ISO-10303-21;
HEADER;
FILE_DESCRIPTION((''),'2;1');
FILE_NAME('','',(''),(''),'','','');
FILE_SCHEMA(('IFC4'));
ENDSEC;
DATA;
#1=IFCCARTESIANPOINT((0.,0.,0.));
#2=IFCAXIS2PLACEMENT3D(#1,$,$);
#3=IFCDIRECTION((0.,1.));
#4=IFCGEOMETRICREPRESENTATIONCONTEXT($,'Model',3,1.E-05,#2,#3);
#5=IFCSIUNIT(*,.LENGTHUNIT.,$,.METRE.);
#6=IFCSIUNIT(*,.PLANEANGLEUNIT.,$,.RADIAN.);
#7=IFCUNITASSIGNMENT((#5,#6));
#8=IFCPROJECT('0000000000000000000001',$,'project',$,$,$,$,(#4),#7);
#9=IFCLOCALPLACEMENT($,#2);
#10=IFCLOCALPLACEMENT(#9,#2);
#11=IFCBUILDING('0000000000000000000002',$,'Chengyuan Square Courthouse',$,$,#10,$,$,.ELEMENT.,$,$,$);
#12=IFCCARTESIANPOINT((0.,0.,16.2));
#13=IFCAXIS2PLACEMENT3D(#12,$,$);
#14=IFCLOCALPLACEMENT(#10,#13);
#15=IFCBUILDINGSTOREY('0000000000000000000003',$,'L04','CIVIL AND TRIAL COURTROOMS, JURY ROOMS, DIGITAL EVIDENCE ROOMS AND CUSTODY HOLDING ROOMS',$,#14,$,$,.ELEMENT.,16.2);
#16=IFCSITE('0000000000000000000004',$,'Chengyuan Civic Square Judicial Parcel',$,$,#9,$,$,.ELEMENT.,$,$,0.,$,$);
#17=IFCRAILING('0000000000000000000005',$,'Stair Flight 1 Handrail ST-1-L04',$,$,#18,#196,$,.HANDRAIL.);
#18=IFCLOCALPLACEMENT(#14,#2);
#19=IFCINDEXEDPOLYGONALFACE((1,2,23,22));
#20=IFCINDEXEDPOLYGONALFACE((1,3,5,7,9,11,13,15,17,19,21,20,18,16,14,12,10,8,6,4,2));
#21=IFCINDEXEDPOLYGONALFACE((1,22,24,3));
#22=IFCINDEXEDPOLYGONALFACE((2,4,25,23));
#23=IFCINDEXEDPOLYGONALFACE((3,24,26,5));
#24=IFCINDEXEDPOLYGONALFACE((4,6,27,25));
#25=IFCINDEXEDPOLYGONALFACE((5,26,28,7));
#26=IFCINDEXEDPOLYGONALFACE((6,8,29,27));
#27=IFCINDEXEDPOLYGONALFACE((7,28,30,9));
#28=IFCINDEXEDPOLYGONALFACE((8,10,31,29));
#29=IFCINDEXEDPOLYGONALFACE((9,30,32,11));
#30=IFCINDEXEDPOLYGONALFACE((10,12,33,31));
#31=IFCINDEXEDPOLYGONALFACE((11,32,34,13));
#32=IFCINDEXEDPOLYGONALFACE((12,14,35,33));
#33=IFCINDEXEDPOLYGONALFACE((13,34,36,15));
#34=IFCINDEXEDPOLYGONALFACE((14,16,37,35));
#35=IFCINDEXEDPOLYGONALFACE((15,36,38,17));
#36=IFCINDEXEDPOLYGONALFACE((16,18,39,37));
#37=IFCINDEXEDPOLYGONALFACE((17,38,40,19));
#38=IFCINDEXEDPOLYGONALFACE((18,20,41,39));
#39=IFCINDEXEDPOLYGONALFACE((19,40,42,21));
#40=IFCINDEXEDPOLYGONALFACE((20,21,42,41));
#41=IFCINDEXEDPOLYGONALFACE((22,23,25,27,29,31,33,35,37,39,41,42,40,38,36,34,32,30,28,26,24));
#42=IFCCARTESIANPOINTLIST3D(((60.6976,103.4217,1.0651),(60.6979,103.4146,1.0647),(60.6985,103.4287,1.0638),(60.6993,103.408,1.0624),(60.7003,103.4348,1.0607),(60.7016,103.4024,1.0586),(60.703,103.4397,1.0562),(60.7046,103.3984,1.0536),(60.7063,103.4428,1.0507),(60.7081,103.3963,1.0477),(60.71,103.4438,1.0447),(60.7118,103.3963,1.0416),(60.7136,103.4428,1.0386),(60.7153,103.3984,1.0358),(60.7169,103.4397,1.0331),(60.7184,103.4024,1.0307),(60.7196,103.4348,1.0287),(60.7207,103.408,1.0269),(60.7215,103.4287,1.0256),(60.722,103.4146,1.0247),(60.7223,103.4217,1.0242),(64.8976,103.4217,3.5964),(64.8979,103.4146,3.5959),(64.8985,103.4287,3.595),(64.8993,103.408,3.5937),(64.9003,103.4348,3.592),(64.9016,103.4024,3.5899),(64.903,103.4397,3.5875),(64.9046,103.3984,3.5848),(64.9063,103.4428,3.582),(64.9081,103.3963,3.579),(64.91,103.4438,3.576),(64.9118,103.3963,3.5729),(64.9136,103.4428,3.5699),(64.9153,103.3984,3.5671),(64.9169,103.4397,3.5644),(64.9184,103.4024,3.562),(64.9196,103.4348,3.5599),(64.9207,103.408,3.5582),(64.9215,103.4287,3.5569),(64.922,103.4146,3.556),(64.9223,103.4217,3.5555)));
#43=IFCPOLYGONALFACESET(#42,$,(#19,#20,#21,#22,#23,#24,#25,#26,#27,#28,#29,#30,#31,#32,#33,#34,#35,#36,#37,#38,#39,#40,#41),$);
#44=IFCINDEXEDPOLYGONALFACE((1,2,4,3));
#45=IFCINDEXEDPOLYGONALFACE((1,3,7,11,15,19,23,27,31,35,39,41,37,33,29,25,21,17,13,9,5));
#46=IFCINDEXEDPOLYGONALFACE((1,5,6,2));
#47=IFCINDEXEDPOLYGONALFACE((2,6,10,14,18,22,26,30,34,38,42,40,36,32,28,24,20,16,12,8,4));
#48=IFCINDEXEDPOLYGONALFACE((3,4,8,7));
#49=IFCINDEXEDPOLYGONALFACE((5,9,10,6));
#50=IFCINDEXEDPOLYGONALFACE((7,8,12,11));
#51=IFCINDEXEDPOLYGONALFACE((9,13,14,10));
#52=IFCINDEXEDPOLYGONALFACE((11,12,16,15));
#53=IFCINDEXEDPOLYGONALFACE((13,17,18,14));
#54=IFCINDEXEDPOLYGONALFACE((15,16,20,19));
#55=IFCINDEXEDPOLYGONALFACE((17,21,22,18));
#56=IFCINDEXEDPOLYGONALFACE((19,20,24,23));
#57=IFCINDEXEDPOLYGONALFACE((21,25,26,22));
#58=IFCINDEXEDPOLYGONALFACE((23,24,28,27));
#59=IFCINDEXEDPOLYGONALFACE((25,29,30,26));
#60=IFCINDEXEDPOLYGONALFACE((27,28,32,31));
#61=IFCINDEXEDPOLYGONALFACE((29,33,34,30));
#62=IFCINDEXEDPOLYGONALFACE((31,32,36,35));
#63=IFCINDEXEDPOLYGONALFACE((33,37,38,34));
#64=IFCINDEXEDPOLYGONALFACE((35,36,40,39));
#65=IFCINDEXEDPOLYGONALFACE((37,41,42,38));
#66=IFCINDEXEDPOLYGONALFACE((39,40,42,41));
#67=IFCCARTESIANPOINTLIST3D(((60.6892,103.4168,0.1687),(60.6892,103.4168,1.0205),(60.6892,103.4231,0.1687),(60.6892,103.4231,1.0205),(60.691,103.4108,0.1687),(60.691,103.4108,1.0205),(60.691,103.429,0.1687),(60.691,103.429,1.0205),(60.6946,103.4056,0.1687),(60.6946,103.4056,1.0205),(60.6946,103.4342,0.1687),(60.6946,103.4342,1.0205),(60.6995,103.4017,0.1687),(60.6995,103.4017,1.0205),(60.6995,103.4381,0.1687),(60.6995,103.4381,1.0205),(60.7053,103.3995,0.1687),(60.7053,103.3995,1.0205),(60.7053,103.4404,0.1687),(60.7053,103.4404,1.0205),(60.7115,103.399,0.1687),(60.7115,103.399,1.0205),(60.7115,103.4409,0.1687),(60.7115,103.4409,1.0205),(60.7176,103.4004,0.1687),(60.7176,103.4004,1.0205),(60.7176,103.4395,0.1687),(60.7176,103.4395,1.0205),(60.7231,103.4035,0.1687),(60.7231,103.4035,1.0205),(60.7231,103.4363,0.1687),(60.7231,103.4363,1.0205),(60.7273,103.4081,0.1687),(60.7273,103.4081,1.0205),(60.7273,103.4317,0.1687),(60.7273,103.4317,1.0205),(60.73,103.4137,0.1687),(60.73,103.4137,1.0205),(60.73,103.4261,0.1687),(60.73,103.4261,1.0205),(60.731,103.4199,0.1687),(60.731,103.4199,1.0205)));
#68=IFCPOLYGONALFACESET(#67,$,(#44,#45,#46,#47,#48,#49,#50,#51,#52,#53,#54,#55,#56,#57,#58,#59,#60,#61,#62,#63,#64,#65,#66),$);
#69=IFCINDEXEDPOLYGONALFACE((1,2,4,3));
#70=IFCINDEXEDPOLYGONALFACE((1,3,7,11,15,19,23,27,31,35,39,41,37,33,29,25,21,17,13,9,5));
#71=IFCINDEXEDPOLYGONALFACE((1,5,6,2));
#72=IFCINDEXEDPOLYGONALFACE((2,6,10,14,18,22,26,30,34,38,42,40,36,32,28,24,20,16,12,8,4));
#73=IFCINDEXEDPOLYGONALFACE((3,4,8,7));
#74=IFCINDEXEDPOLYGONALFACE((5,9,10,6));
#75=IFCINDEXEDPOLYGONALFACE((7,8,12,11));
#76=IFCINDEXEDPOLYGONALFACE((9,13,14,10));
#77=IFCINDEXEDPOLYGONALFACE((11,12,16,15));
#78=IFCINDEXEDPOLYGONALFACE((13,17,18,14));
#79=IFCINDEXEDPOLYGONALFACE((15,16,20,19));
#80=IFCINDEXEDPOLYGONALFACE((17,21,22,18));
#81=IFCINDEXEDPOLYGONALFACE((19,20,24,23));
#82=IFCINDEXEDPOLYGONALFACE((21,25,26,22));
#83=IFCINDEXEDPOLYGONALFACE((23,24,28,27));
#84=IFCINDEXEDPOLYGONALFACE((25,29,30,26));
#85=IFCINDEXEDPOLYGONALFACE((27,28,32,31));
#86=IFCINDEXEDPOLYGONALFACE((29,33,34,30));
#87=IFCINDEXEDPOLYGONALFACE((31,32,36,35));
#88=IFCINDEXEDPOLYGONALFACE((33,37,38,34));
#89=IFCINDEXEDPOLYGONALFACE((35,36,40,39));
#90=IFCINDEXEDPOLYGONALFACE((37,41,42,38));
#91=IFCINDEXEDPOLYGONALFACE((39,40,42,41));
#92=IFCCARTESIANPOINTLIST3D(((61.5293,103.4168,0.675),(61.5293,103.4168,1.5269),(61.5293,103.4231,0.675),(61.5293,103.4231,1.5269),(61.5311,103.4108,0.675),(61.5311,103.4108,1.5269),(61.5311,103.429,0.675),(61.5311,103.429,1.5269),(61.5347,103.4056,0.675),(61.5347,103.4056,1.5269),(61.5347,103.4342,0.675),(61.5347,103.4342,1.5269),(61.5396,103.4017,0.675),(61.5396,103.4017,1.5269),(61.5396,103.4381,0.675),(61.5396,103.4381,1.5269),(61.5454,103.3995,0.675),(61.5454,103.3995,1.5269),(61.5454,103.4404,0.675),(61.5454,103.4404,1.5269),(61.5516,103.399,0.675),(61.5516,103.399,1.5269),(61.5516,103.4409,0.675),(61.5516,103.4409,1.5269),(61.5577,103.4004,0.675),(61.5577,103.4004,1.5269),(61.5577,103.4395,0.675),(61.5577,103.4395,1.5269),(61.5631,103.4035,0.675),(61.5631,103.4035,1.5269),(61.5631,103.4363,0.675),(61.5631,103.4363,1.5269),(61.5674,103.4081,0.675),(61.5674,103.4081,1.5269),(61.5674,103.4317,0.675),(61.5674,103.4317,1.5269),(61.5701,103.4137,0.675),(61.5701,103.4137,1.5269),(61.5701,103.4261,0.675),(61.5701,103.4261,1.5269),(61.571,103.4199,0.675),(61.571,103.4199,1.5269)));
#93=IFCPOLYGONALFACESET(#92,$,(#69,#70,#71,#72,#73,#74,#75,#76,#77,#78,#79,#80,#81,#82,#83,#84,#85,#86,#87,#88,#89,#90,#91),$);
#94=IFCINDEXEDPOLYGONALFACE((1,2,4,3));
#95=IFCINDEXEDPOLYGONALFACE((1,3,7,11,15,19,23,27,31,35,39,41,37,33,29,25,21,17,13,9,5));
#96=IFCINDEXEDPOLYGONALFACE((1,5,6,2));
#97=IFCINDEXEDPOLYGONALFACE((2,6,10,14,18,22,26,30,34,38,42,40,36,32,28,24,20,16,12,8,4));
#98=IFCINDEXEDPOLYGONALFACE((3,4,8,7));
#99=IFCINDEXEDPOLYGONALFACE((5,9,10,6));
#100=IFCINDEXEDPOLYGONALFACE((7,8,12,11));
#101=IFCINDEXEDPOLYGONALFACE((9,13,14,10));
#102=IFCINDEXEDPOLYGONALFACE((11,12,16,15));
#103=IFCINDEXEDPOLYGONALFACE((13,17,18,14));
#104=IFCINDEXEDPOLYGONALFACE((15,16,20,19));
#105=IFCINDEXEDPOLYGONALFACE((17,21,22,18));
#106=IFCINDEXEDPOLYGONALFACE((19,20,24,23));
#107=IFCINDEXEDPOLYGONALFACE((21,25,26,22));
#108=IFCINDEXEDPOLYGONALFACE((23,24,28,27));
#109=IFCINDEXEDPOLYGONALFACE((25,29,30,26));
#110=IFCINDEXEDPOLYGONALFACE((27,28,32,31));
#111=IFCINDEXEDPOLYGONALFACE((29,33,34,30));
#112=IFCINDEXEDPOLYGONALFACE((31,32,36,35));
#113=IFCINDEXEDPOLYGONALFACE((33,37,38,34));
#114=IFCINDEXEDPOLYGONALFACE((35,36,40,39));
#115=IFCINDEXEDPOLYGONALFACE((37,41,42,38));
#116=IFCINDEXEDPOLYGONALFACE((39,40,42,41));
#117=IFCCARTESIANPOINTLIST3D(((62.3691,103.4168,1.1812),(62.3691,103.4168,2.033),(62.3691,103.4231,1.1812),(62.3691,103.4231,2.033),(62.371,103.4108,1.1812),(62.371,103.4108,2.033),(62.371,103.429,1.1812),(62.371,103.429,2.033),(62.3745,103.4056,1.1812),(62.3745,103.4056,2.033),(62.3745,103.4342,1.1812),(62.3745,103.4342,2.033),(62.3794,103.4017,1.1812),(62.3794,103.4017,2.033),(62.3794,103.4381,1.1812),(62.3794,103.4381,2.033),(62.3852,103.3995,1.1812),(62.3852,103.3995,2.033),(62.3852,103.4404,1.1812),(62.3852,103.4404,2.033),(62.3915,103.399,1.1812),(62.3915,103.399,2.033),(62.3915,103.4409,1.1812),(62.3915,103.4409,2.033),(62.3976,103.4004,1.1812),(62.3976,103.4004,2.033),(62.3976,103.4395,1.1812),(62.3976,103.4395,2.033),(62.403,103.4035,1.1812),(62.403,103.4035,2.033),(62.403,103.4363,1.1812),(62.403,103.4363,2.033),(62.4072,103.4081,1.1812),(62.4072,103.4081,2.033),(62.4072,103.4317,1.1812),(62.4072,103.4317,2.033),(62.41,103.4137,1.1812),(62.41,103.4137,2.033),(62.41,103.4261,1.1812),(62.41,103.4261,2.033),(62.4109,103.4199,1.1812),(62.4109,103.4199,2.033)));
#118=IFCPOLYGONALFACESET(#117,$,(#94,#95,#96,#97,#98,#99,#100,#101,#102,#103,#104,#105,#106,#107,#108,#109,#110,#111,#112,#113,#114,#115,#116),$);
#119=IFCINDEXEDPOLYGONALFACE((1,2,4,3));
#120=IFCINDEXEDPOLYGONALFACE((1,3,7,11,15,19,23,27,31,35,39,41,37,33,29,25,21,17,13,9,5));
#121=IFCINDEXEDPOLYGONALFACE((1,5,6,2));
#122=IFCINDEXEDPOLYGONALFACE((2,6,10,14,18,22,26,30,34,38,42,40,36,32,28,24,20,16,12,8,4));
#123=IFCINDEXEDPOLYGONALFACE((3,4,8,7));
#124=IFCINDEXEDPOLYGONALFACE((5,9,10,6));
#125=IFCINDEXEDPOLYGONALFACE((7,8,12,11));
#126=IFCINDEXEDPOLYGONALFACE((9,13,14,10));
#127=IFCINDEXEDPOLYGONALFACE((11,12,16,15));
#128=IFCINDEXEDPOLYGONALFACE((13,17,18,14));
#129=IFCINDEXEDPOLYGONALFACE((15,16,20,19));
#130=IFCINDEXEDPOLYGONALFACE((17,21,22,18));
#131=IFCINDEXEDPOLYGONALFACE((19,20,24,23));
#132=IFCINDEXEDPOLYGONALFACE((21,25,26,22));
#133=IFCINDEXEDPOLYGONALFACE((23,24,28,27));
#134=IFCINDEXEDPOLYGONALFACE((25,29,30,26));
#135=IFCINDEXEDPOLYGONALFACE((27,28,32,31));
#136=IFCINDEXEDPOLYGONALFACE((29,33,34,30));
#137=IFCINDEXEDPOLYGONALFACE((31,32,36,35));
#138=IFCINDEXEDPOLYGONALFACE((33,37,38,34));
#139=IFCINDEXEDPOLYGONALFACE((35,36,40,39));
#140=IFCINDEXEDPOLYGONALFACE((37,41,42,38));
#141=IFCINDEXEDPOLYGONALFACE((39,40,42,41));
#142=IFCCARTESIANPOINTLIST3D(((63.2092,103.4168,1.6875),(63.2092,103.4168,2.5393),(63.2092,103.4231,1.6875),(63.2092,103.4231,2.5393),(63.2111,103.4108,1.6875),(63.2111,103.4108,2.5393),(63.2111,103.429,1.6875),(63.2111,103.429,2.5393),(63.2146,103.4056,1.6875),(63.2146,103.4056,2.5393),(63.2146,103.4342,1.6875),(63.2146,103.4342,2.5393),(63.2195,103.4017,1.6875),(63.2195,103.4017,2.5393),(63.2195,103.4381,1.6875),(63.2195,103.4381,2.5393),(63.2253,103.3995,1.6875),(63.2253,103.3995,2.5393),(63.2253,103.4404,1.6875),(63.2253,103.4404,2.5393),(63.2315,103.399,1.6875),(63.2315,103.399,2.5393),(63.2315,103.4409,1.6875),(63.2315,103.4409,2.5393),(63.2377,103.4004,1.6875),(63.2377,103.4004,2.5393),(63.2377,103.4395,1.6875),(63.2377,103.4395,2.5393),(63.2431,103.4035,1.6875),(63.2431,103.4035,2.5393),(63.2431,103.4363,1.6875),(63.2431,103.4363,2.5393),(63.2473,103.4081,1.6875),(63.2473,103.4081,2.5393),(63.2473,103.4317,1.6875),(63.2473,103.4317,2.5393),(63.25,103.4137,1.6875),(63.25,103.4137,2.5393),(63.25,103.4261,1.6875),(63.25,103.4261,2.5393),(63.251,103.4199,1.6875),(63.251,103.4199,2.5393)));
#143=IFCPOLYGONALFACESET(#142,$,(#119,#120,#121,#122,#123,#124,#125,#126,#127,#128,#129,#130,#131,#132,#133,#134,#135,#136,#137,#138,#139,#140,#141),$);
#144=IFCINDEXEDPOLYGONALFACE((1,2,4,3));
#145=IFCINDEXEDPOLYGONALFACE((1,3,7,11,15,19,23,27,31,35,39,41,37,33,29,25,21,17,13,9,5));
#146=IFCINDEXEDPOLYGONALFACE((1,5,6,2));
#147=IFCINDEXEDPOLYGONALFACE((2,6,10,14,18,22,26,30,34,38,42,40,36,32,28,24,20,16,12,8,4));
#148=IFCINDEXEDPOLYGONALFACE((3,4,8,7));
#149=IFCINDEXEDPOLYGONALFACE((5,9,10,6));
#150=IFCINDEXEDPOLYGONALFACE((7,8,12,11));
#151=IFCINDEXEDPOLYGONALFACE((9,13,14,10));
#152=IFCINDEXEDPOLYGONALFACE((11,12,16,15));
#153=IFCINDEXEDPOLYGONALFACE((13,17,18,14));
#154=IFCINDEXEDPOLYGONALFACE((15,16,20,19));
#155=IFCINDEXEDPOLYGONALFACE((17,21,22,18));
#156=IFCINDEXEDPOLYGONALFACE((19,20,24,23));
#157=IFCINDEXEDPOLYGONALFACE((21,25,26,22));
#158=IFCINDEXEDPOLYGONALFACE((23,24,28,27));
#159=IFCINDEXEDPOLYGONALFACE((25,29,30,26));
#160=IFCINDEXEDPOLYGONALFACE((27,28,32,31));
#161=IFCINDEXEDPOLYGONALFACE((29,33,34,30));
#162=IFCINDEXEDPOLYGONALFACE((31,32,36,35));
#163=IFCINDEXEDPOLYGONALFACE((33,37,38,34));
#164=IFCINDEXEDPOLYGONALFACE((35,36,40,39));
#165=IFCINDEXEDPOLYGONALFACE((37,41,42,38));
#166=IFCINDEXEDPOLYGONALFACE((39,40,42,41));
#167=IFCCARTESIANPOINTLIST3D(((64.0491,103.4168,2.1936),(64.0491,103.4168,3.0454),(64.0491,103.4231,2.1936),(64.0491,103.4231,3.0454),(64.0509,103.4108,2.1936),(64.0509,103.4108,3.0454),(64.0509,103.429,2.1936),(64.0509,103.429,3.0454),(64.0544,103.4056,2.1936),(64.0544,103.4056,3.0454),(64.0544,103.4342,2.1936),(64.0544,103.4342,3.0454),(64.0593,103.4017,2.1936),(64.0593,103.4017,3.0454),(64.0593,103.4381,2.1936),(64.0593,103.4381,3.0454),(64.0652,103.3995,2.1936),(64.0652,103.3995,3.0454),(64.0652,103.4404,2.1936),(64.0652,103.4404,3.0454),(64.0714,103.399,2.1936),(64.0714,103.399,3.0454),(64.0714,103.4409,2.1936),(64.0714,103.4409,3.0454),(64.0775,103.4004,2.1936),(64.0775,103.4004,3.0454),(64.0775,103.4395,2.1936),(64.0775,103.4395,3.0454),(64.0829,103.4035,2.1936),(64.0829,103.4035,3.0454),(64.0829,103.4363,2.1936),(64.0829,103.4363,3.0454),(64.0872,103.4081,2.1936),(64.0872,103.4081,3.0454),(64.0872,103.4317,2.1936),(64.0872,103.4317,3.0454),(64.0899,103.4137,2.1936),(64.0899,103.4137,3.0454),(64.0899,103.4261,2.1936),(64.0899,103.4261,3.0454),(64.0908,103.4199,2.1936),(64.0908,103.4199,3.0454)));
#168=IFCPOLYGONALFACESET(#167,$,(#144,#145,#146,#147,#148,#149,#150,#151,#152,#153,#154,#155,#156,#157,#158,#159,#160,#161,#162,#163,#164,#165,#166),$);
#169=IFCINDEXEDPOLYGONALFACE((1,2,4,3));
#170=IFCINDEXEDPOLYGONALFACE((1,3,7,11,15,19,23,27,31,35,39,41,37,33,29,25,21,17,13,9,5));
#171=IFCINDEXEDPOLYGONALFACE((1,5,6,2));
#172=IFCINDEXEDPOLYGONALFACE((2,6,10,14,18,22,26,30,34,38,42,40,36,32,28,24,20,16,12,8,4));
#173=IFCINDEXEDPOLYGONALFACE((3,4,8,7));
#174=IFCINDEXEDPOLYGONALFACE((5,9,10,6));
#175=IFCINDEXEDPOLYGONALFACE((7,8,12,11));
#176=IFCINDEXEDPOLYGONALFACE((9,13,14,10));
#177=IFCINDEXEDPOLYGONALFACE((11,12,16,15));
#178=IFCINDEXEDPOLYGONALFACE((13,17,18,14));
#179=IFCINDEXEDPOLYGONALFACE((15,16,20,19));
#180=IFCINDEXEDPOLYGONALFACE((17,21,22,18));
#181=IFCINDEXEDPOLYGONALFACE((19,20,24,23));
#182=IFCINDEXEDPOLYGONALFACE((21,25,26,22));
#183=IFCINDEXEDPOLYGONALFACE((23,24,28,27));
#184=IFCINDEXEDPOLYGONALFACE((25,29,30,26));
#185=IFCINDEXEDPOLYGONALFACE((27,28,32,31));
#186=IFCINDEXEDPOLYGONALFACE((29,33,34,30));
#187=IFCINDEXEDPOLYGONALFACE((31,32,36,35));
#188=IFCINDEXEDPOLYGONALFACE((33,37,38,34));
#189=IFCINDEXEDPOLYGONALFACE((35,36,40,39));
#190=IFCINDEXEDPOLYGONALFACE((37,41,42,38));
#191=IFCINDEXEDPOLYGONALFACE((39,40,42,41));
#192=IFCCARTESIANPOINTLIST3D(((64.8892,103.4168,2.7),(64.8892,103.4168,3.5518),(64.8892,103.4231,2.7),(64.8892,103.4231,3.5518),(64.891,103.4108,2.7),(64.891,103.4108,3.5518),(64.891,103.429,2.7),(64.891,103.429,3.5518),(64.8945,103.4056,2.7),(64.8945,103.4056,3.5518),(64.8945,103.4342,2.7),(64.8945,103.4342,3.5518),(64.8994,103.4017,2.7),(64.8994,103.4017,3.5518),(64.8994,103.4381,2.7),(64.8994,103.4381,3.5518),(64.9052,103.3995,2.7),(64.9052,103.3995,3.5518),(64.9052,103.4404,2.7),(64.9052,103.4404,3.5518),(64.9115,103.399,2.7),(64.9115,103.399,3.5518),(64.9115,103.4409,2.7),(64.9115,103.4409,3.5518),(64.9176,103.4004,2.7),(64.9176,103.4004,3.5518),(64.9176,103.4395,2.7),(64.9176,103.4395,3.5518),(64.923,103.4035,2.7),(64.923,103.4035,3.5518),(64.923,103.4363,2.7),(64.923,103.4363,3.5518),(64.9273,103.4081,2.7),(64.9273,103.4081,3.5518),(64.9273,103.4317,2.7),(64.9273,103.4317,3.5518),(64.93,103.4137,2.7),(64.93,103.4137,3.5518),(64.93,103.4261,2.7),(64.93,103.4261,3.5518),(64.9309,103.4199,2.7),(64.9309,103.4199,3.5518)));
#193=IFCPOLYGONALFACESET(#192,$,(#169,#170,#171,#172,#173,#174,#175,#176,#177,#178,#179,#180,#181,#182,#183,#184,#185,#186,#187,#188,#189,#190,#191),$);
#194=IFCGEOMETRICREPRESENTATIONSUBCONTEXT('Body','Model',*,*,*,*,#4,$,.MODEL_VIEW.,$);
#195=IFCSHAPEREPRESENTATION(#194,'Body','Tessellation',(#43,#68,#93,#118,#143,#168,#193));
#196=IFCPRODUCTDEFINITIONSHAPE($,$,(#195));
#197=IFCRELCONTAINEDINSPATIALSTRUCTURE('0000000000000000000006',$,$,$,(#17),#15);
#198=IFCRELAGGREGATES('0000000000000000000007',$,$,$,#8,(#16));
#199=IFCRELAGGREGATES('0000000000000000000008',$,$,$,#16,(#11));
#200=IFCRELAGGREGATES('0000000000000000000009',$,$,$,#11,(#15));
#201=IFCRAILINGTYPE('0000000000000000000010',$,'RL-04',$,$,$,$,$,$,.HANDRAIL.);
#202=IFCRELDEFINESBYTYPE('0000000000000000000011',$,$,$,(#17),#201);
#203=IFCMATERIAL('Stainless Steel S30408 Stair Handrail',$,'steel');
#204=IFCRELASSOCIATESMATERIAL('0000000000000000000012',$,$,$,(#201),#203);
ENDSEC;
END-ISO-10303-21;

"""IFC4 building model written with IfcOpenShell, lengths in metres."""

from ifc_helpers import new_model, si_unit, direction, frame, origin, origin_2d, place, context, subcontext, project, spatial, circle, extrude, material, type_object, element, save


model = new_model("IFC4")

# Units and contexts
model_context = context("Model", 3, precision=1e-05, world=origin(), true_north=direction((0.0, 1.0)))
body_context = subcontext(model_context, "Body", "Model", "MODEL_VIEW")
ifc_project = project(units=[si_unit("LENGTHUNIT", "METRE"), si_unit("PLANEANGLEUNIT", "RADIAN")], contexts=[model_context])

# Site, building, storey
site_placement = place(None, origin())
site = spatial("IfcSite", under=ifc_project, at=site_placement, Name="Chengyuan Civic Square Judicial Parcel", CompositionType="ELEMENT", RefElevation=0.0)
building_placement = place(site_placement, origin())
building = spatial("IfcBuilding", under=site, at=building_placement, Name="Chengyuan Square Courthouse", CompositionType="ELEMENT")
storey_placement = place(building_placement, frame((0.0, 0.0, 16.2)))
storey = spatial("IfcBuildingStorey", under=building, at=storey_placement, Name="L04", Description="CIVIL AND TRIAL COURTROOMS, JURY ROOMS, DIGITAL EVIDENCE ROOMS AND CUSTODY HOLDING ROOMS", CompositionType="ELEMENT", Elevation=16.2)

# Railing
ifc_material_1 = material(Name="Stainless Steel S30408 Stair Handrail", Category="steel")
railing_type = type_object("IfcRailingType", Name="RL-04", PredefinedType="HANDRAIL", material=ifc_material_1)
railing_placement = place(storey_placement, frame((60.71, 103.4199, 0.1687)))
element("IfcRailing", 1, at=railing_placement, inside=storey, type_object=railing_type, Name="Stair Flight 1 Handrail ST-1-L04", PredefinedType="HANDRAIL", context=body_context, shape_type="SweptSolid", body=[
    extrude(circle(Radius=0.0239, at=origin_2d()), frame((0.0, 0.0, 0.876), z_axis=(0.856476, 0.0, 0.516186), x_axis=(0.0, 1.0, 0.0)), (0.0, 0.0, 1.0), 4.9038),
    extrude(circle(Radius=0.021, at=origin_2d()), origin(), (0.0, 0.0, 1.0), 0.8518),
    extrude(circle(Radius=0.021, at=origin_2d()), frame((0.8401, 0.0, 0.5063)), (0.0, 0.0, 1.0), 0.8518),
    extrude(circle(Radius=0.021, at=origin_2d()), frame((1.6799, 0.0, 1.0125)), (0.0, 0.0, 1.0), 0.8518),
    extrude(circle(Radius=0.021, at=origin_2d()), frame((2.52, 0.0, 1.5188)), (0.0, 0.0, 1.0), 0.8518),
    extrude(circle(Radius=0.021, at=origin_2d()), frame((3.3599, 0.0, 2.0249)), (0.0, 0.0, 1.0), 0.8518),
    extrude(circle(Radius=0.021, at=origin_2d()), frame((4.2, 0.0, 2.5312)), (0.0, 0.0, 1.0), 0.8518),
])

save(model, "model.ifc")
